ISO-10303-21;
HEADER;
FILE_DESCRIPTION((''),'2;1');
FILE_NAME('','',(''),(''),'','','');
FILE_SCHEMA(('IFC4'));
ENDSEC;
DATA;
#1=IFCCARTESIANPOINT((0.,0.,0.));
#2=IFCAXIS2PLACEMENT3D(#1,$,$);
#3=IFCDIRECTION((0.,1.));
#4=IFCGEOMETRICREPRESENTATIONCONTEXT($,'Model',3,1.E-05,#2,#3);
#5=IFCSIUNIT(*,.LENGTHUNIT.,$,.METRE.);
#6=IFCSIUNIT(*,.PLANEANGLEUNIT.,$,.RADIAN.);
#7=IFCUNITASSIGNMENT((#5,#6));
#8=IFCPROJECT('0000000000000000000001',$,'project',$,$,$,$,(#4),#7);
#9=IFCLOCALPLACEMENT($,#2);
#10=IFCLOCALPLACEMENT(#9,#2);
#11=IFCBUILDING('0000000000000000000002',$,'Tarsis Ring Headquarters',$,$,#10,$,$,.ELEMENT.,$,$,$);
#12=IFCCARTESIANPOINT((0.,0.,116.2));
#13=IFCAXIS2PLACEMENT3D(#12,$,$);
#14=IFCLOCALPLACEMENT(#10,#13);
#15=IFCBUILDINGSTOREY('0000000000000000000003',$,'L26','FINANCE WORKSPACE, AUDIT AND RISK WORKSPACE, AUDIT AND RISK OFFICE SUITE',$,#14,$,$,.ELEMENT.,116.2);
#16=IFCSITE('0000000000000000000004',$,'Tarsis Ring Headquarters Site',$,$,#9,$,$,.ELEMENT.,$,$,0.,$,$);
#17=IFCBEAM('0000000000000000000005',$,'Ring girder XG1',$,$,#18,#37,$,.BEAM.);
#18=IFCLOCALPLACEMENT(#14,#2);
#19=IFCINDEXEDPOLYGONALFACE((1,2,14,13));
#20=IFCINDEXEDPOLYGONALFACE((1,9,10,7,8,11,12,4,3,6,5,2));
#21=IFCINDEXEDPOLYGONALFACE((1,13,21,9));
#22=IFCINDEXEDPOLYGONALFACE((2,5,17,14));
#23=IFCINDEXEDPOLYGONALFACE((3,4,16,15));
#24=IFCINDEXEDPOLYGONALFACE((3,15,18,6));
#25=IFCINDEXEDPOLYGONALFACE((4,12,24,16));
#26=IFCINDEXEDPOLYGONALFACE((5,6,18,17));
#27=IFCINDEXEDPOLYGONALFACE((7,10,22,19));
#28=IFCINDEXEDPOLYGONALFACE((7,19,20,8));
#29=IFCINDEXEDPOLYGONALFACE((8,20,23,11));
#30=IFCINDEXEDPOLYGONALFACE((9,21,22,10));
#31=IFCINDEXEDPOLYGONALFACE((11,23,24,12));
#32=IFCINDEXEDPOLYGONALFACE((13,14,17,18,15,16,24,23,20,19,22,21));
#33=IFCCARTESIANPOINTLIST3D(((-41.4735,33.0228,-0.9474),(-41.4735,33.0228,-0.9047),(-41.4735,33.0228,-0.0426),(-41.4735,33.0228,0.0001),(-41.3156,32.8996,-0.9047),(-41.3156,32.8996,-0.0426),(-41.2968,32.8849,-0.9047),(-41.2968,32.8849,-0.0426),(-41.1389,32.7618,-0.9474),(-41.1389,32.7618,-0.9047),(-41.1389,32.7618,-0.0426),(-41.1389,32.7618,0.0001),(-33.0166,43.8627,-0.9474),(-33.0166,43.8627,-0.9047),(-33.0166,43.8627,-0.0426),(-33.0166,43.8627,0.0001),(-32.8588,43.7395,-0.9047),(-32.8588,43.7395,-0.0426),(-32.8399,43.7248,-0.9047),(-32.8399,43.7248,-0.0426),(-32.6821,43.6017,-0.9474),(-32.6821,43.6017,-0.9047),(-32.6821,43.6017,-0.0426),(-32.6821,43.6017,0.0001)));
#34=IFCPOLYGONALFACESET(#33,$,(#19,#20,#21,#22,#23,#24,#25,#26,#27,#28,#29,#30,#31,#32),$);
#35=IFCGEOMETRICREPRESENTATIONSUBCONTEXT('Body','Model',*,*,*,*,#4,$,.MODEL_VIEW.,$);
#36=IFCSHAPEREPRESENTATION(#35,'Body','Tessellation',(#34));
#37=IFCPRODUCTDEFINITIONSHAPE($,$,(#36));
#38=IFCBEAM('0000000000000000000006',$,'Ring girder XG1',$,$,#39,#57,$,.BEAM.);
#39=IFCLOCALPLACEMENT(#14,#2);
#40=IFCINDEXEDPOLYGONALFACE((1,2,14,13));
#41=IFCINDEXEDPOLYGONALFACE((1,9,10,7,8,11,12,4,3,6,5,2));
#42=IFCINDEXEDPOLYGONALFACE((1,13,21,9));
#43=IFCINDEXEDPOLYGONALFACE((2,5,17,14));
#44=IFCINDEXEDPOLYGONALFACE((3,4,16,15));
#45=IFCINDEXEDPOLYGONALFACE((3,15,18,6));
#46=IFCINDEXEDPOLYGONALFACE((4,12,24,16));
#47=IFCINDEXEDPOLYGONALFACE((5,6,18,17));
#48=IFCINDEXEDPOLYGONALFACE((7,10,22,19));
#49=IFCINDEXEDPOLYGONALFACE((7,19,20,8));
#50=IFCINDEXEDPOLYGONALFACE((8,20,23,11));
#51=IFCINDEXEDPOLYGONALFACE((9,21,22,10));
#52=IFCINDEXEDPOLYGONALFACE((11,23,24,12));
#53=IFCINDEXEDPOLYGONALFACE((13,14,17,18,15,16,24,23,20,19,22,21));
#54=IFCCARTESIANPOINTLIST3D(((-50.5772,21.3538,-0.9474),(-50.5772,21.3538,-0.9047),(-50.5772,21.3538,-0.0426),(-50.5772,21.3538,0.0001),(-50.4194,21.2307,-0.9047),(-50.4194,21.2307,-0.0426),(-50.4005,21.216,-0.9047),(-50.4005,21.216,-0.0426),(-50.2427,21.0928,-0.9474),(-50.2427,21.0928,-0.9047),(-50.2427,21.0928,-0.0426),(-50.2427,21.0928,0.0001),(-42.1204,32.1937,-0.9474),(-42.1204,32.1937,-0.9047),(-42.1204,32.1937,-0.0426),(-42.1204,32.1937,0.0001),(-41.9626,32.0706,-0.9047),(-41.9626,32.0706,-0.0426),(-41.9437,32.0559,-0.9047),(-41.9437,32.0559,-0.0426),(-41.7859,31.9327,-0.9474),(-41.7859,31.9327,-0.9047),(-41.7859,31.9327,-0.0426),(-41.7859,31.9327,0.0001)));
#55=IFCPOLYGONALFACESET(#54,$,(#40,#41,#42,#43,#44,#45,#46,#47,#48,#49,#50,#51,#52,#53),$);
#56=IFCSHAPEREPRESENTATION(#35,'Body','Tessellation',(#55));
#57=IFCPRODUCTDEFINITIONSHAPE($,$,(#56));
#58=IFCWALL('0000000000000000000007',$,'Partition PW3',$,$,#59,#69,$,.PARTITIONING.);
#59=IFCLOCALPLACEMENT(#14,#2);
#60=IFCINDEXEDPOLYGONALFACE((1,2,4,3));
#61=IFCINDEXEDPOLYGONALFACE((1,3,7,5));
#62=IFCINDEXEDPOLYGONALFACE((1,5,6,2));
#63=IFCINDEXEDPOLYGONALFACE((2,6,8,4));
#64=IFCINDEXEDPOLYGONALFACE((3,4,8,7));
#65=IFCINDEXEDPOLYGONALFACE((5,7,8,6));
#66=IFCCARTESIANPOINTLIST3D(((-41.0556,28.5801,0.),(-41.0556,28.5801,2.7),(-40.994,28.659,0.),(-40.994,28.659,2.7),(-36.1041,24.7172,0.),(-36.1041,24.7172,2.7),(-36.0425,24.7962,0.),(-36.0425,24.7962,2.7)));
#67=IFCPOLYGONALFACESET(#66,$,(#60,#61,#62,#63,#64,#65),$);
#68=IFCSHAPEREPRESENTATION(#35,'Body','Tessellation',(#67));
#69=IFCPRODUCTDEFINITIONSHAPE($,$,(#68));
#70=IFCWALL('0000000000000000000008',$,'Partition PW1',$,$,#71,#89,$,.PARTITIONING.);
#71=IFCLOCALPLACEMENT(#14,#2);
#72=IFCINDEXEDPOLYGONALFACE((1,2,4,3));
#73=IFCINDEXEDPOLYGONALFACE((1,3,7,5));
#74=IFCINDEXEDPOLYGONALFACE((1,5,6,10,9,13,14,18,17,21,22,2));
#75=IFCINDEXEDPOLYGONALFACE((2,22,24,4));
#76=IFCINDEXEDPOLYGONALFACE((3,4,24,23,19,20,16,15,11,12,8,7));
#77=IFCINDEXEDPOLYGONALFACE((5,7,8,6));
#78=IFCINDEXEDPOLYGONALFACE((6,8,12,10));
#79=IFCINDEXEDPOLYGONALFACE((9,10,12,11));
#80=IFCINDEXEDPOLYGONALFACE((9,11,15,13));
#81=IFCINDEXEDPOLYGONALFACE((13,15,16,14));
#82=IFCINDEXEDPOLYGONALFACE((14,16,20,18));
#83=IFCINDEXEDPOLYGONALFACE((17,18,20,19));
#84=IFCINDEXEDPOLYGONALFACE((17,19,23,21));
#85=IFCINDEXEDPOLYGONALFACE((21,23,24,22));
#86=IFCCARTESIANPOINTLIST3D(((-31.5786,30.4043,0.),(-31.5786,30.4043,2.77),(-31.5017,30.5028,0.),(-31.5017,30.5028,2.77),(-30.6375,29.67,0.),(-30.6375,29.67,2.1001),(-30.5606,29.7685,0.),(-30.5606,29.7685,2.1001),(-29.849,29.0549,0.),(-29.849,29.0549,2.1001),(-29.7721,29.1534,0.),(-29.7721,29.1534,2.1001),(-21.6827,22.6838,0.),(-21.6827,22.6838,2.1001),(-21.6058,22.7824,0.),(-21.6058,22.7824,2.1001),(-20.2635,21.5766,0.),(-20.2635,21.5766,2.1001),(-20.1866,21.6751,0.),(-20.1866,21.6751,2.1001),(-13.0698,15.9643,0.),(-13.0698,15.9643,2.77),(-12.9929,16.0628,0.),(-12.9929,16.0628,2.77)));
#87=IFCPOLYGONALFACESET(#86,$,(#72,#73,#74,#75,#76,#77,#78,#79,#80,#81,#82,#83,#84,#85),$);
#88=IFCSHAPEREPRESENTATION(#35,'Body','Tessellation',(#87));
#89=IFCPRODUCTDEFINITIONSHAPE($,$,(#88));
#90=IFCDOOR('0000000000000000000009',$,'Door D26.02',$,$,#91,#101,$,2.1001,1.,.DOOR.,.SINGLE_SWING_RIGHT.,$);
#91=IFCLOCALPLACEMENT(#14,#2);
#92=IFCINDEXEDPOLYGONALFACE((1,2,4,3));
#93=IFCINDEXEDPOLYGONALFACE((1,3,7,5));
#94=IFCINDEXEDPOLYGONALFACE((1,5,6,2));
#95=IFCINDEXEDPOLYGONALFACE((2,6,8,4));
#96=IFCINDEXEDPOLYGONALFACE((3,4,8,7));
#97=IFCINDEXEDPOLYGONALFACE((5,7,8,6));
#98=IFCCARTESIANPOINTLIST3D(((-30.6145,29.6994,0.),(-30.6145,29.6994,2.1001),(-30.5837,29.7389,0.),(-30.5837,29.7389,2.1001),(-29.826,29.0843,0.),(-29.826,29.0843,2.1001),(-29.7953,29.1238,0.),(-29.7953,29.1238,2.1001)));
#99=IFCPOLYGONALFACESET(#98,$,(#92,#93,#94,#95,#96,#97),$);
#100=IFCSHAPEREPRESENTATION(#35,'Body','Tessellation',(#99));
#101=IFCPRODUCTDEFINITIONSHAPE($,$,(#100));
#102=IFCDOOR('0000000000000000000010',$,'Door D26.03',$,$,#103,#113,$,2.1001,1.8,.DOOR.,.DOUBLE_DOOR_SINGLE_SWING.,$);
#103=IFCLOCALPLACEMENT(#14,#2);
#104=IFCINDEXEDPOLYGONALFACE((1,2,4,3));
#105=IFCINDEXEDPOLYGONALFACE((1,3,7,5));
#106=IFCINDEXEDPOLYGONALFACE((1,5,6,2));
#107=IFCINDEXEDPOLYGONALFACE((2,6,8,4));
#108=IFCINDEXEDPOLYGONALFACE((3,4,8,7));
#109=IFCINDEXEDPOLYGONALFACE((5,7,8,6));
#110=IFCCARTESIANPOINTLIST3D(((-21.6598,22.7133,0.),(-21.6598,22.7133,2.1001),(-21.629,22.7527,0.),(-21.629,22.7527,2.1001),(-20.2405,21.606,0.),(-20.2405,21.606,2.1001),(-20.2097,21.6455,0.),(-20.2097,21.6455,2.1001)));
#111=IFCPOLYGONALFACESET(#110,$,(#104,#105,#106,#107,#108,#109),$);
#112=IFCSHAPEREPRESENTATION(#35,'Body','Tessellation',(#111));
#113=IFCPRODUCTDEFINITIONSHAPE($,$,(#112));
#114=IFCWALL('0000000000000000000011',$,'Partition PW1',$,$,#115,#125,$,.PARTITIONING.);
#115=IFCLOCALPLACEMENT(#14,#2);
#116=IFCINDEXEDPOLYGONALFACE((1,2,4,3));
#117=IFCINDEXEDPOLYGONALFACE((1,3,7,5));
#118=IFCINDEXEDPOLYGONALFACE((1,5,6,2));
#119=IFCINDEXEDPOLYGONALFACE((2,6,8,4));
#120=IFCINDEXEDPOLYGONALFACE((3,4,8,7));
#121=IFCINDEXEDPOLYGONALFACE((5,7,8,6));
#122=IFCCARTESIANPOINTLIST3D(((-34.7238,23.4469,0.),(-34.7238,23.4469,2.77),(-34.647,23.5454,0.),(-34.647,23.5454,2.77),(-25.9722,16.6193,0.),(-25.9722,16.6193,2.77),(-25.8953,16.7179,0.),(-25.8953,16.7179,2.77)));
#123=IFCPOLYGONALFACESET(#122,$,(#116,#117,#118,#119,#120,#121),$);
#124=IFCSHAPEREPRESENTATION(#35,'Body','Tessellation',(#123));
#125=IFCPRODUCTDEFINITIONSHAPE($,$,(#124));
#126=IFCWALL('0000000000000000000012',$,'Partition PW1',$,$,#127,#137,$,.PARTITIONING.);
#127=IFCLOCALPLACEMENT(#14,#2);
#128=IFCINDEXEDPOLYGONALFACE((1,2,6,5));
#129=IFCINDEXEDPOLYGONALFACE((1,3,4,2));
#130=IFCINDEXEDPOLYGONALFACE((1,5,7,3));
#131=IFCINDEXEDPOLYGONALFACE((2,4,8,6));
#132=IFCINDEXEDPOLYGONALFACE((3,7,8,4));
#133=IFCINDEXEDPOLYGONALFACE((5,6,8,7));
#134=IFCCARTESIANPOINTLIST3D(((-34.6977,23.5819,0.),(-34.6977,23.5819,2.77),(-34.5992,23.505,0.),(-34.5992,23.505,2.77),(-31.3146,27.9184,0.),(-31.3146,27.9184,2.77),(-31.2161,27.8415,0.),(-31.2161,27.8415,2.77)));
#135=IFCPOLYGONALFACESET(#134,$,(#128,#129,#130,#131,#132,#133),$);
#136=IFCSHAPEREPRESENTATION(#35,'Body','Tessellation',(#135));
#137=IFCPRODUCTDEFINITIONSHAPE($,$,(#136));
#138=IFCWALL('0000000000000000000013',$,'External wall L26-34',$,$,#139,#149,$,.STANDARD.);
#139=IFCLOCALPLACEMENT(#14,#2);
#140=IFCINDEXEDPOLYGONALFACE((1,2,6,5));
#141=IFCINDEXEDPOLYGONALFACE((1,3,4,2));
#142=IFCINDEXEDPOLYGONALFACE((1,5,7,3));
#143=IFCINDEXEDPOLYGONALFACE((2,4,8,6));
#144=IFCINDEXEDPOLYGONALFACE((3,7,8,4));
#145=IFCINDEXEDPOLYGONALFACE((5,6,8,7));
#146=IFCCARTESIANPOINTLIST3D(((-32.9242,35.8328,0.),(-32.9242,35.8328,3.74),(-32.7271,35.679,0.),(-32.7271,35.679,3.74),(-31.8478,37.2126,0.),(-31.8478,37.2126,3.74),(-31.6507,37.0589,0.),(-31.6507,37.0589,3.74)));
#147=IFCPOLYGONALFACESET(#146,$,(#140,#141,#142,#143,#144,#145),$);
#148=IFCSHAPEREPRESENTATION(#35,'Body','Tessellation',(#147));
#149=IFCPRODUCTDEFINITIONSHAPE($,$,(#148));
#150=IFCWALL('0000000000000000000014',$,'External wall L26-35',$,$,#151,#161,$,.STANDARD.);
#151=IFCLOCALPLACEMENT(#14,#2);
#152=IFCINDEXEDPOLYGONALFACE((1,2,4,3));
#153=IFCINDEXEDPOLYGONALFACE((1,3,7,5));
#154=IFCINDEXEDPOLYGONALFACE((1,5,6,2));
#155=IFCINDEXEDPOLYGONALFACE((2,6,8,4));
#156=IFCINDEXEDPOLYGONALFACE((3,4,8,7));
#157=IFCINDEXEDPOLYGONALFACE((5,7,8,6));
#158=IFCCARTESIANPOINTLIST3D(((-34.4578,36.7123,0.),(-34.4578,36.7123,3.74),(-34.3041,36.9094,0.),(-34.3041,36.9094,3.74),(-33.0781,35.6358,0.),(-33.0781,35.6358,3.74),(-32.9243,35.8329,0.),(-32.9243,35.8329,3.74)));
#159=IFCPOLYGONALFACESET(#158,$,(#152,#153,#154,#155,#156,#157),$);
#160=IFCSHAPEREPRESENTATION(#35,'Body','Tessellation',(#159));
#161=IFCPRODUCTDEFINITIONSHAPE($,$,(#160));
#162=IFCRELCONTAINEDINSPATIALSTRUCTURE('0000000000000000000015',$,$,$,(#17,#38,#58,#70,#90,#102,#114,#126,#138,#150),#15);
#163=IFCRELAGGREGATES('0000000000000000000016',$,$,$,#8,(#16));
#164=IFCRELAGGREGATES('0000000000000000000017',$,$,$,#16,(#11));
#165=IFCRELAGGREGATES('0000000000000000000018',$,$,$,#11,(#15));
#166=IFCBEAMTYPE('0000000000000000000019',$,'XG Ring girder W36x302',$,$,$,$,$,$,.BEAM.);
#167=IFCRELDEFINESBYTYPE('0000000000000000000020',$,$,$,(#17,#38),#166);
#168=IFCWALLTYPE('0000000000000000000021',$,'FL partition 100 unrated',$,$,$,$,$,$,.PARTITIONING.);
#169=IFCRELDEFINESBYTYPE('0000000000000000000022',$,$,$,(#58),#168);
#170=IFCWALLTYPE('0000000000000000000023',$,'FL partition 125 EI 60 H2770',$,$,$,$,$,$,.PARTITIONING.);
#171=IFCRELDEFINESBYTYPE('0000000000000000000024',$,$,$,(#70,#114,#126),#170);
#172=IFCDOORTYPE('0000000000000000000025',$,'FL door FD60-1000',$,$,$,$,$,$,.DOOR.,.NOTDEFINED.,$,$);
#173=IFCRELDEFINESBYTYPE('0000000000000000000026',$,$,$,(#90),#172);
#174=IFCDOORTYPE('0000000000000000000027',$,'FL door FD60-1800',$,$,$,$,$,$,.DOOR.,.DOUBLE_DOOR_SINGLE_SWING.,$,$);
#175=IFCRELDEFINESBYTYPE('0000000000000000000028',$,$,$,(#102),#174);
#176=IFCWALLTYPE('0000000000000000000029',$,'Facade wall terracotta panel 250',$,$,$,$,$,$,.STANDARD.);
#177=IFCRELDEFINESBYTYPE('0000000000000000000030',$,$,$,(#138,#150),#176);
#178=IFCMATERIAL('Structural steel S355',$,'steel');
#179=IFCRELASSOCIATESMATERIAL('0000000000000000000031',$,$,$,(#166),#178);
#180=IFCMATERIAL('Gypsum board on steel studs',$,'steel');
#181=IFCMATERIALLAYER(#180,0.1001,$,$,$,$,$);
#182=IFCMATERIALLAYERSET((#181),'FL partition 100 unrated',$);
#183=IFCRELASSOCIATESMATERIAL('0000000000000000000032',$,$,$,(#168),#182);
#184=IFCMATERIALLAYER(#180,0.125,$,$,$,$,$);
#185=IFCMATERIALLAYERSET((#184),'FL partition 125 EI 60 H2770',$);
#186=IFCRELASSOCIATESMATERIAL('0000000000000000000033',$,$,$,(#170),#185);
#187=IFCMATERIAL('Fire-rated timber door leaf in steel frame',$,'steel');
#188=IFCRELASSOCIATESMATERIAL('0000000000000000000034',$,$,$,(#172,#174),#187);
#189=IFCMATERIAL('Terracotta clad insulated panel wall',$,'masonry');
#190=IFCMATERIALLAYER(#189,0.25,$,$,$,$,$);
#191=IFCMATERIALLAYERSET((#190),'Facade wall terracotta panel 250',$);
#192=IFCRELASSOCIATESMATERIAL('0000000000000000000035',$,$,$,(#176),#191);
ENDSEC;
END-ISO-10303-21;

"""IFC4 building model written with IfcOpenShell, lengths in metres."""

from ifc_helpers import new_model, si_unit, direction, frame, frame_2d, origin, origin_2d, place, context, subcontext, project, spatial, rectangle, i_section, extrude, material, layer, layer_set, material_profile, profile_set, type_object, element, fill, save


model = new_model("IFC4")

# Units and contexts
model_context = context("Model", 3, precision=1e-05, world=origin(), true_north=direction((0.0, 1.0)))
body_context = subcontext(model_context, "Body", "Model", "MODEL_VIEW")
ifc_project = project(units=[si_unit("LENGTHUNIT", "METRE"), si_unit("PLANEANGLEUNIT", "RADIAN")], contexts=[model_context])

# Site, building, storey
site_placement = place(None, origin())
site = spatial("IfcSite", under=ifc_project, at=site_placement, Name="Tarsis Ring Headquarters Site", CompositionType="ELEMENT", RefElevation=0.0)
building_placement = place(site_placement, origin())
building = spatial("IfcBuilding", under=site, at=building_placement, Name="Tarsis Ring Headquarters", CompositionType="ELEMENT")
storey_placement = place(building_placement, frame((0.0, 0.0, 116.2)))
storey = spatial("IfcBuildingStorey", under=building, at=storey_placement, Name="L26", Description="FINANCE WORKSPACE, AUDIT AND RISK WORKSPACE, AUDIT AND RISK OFFICE SUITE", CompositionType="ELEMENT", Elevation=116.2)

# Shared definitions
ifc_material_1 = material(Name="Structural steel S355", Category="steel")

# Beams
ifc_material_profile_1 = material_profile(ifc_material_1, i_section(OverallWidth=0.4243, OverallDepth=0.9475, WebThickness=0.0239, FlangeThickness=0.0427, at=origin_2d()), Name="W36x302")
ifc_profile_set_1 = profile_set([ifc_material_profile_1], Name="Structural steel S355")
beam_type = type_object("IfcBeamType", Name="XG Ring girder W36x302", PredefinedType="BEAM", material=ifc_profile_set_1)
for number, where, z_axis, x_axis, name in (
    (1, (-32.8494, 43.7322, -0.4736), (-0.615109, -0.788442, 0.0), (0.788442, -0.615109, 0.0), "Ring girder XG1"),
    (2, (-41.9531, 32.0632, -0.4736), (-0.615109, -0.788442, 0.0), (0.788442, -0.615109, 0.0), "Ring girder XG1"),
):
    element("IfcBeam", number, at=place(storey_placement, frame(where, z_axis=z_axis, x_axis=x_axis)), inside=storey, type_object=beam_type, Name=name, PredefinedType="BEAM", context=body_context, shape_type="SweptSolid", body=[
        extrude(i_section(OverallWidth=0.4243, OverallDepth=0.9475, WebThickness=0.0239, FlangeThickness=0.0427, at=origin_2d()), origin(), (0.0, 0.0, 1.0), 13.7485),
    ])

# Wall
ifc_material_2 = material(Name="Gypsum board on steel studs", Category="steel")
ifc_layer_1 = layer(ifc_material_2, 0.1001)
ifc_layer_set_1 = layer_set([ifc_layer_1], Name="FL partition 100 unrated")
wall_type_1 = type_object("IfcWallType", Name="FL partition 100 unrated", PredefinedType="PARTITIONING", material=ifc_layer_set_1)
wall_1_placement = place(storey_placement, frame((-41.0249, 28.6196, 0.0), z_axis=(0.0, 0.0, 1.0), x_axis=(0.788449, -0.6151, 0.0)))
element("IfcWall", 3, at=wall_1_placement, inside=storey, type_object=wall_type_1, Name="Partition PW3", PredefinedType="PARTITIONING", context=body_context, shape_type="SweptSolid", body=[
    extrude(rectangle(XDim=6.28, YDim=0.1001, at=frame_2d((3.1401, 0.0))), origin(), (0.0, 0.0, 1.0), 2.7),
])

# Wall, openings, doors
ifc_layer_2 = layer(ifc_material_2, 0.125)
ifc_layer_set_2 = layer_set([ifc_layer_2], Name="FL partition 125 EI 60 H2770")
wall_type_2 = type_object("IfcWallType", Name="FL partition 125 EI 60 H2770", PredefinedType="PARTITIONING", material=ifc_layer_set_2)
wall_2_placement = place(storey_placement, frame((-31.5403, 30.4536, 0.0), z_axis=(0.0, 0.0, 1.0), x_axis=(0.788439, -0.615114, 0.0)))
wall_2 = element("IfcWall", 4, at=wall_2_placement, inside=storey, type_object=wall_type_2, Name="Partition PW1", PredefinedType="PARTITIONING", context=body_context, shape_type="SweptSolid", body=[
    extrude(rectangle(XDim=23.4753, YDim=0.125, at=frame_2d((11.7378, 0.0))), origin(), (0.0, 0.0, 1.0), 2.77),
])
opening_1_placement = place(wall_2_placement, frame((1.1938, 0.0, 0.0)))
opening_1 = element("IfcOpeningElement", 5, at=opening_1_placement, cuts=wall_2, PredefinedType="OPENING", context=body_context, shape_type="SweptSolid", body=[
    extrude(rectangle(XDim=1.0, YDim=2.1001, at=frame_2d((0.5, 1.05))), frame((0.0, 0.0725, 0.0), z_axis=(0.0, -1.0, 0.0), x_axis=(1.0, 0.0, 0.0)), (0.0, 0.0, 1.0), 0.145),
])
opening_2_placement = place(wall_2_placement, frame((12.5515, 0.0, 0.0)))
opening_2 = element("IfcOpeningElement", 6, at=opening_2_placement, cuts=wall_2, PredefinedType="OPENING", context=body_context, shape_type="SweptSolid", body=[
    extrude(rectangle(XDim=1.8, YDim=2.1001, at=frame_2d((0.8999, 1.05))), frame((0.0, 0.0725, 0.0), z_axis=(0.0, -1.0, 0.0), x_axis=(1.0, 0.0, 0.0)), (0.0, 0.0, 1.0), 0.145),
])
ifc_material_3 = material(Name="Fire-rated timber door leaf in steel frame", Category="steel")
door_type_1 = type_object("IfcDoorType", Name="FL door FD60-1000", OperationType="NOTDEFINED", PredefinedType="DOOR", material=ifc_material_3)
door_1_placement = place(opening_1_placement, origin())
door_1 = element("IfcDoor", 7, at=door_1_placement, inside=storey, type_object=door_type_1, Name="Door D26.02", OperationType="SINGLE_SWING_RIGHT", OverallHeight=2.1001, OverallWidth=1.0, PredefinedType="DOOR", context=body_context, shape_type="SweptSolid", body=[
    extrude(rectangle(XDim=1.0, YDim=2.1001, at=frame_2d((0.5, 1.05))), frame((0.0, 0.0249, 0.0), z_axis=(0.0, -1.0, 0.0), x_axis=(1.0, 0.0, 0.0)), (0.0, 0.0, 1.0), 0.05),
])
fill(opening_1, door_1)
door_type_2 = type_object("IfcDoorType", Name="FL door FD60-1800", OperationType="DOUBLE_DOOR_SINGLE_SWING", PredefinedType="DOOR", material=ifc_material_3)
door_2_placement = place(opening_2_placement, origin())
door_2 = element("IfcDoor", 8, at=door_2_placement, inside=storey, type_object=door_type_2, Name="Door D26.03", OperationType="DOUBLE_DOOR_SINGLE_SWING", OverallHeight=2.1001, OverallWidth=1.8, PredefinedType="DOOR", context=body_context, shape_type="SweptSolid", body=[
    extrude(rectangle(XDim=1.8, YDim=2.1001, at=frame_2d((0.8999, 1.05))), frame((0.0, 0.0249, 0.0), z_axis=(0.0, -1.0, 0.0), x_axis=(1.0, 0.0, 0.0)), (0.0, 0.0, 1.0), 0.05),
])
fill(opening_2, door_2)

# Walls
wall_3_placement = place(storey_placement, frame((-34.6853, 23.4961, 0.0), z_axis=(0.0, 0.0, 1.0), x_axis=(0.788445, -0.615105, 0.0)))
element("IfcWall", 9, at=wall_3_placement, inside=storey, type_object=wall_type_2, Name="Partition PW1", PredefinedType="PARTITIONING", context=body_context, shape_type="SweptSolid", body=[
    extrude(rectangle(XDim=11.0999, YDim=0.125, at=frame_2d((5.5498, 0.0))), origin(), (0.0, 0.0, 1.0), 2.77),
])
wall_4_placement = place(storey_placement, frame((-34.6484, 23.5435, 0.0), z_axis=(0.0, 0.0, 1.0), x_axis=(0.615105, 0.788445, 0.0)))
element("IfcWall", 10, at=wall_4_placement, inside=storey, type_object=wall_type_2, Name="Partition PW1", PredefinedType="PARTITIONING", context=body_context, shape_type="SweptSolid", body=[
    extrude(rectangle(XDim=5.5, YDim=0.125, at=frame_2d((2.75, 0.0))), origin(), (0.0, 0.0, 1.0), 2.77),
])
ifc_material_4 = material(Name="Terracotta clad insulated panel wall", Category="masonry")
ifc_layer_3 = layer(ifc_material_4, 0.25)
ifc_layer_set_3 = layer_set([ifc_layer_3], Name="Facade wall terracotta panel 250")
wall_type_3 = type_object("IfcWallType", Name="Facade wall terracotta panel 250", PredefinedType="STANDARD", material=ifc_layer_set_3)
for number, where, z_axis, x_axis, name in (
    (11, (-31.7493, 37.1357, 0.0), (0.0, 0.0, 1.0), (-0.61507, -0.788473, 0.0), "External wall L26-34"),
    (12, (-33.0012, 35.7344, 0.0), (0.0, 0.0, 1.0), (-0.78842, 0.615138, 0.0), "External wall L26-35"),
):
    element("IfcWall", number, at=place(storey_placement, frame(where, z_axis=z_axis, x_axis=x_axis)), inside=storey, type_object=wall_type_3, Name=name, PredefinedType="STANDARD", context=body_context, shape_type="SweptSolid", body=[
        extrude(rectangle(XDim=1.75, YDim=0.25, at=frame_2d((0.875, 0.0))), origin(), (0.0, 0.0, 1.0), 3.74),
    ])

save(model, "model.ifc")
